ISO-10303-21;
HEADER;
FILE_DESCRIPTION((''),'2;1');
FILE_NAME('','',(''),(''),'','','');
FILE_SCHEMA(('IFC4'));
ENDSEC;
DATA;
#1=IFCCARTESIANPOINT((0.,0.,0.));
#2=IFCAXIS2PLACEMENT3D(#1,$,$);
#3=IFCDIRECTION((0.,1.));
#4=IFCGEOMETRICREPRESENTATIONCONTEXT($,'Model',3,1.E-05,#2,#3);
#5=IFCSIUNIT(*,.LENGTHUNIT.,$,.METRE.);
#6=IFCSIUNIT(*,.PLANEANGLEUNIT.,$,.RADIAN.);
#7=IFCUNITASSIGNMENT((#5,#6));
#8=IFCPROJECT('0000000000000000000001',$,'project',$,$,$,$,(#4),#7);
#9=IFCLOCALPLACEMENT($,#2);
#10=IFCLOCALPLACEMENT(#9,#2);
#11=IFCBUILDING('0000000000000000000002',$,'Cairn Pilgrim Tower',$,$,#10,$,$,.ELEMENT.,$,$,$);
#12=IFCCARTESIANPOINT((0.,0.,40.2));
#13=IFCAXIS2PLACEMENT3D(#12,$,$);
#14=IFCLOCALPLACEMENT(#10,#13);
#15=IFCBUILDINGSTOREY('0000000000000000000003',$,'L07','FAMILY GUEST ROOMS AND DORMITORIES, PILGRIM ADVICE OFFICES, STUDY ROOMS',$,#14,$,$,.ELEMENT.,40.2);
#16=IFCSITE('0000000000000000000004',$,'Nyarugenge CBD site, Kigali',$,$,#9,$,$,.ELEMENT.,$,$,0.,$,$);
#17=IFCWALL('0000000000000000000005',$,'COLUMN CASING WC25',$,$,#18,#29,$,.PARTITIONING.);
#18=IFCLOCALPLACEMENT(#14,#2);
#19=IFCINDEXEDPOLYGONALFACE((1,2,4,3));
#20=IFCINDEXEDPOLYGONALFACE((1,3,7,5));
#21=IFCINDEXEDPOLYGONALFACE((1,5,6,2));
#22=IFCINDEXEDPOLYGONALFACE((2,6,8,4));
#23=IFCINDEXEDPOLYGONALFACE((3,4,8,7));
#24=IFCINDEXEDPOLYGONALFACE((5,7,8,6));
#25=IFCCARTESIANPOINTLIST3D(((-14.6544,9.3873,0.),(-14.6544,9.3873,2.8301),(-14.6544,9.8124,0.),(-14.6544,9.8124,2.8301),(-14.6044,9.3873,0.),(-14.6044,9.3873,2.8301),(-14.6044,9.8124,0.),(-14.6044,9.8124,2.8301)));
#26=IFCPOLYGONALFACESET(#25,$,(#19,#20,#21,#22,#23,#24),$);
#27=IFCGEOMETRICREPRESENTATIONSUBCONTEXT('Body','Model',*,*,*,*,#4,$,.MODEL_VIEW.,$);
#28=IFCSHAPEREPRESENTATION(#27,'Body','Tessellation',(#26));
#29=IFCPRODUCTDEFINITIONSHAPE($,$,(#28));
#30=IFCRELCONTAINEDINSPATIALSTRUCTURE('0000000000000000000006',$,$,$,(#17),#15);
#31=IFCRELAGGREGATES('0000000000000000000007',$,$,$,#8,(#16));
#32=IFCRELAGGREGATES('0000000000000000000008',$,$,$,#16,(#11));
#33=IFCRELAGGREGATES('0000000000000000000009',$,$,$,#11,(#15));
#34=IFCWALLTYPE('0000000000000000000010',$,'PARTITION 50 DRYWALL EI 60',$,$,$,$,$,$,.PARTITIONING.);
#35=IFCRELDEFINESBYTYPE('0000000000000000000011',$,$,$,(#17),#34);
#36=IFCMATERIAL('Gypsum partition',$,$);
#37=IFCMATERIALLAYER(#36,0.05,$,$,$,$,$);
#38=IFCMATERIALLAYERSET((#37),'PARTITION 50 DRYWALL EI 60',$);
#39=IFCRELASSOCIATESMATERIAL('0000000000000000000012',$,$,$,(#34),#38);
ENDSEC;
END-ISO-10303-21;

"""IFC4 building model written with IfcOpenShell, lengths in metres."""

from ifc_helpers import new_model, si_unit, direction, frame, frame_2d, origin, place, context, subcontext, project, spatial, rectangle, extrude, material, layer, layer_set, type_object, element, save


model = new_model("IFC4")

# Units and contexts
model_context = context("Model", 3, precision=1e-05, world=origin(), true_north=direction((0.0, 1.0)))
body_context = subcontext(model_context, "Body", "Model", "MODEL_VIEW")
ifc_project = project(units=[si_unit("LENGTHUNIT", "METRE"), si_unit("PLANEANGLEUNIT", "RADIAN")], contexts=[model_context])

# Site, building, storey
site_placement = place(None, origin())
site = spatial("IfcSite", under=ifc_project, at=site_placement, Name="Nyarugenge CBD site, Kigali", CompositionType="ELEMENT", RefElevation=0.0)
building_placement = place(site_placement, origin())
building = spatial("IfcBuilding", under=site, at=building_placement, Name="Cairn Pilgrim Tower", CompositionType="ELEMENT")
storey_placement = place(building_placement, frame((0.0, 0.0, 40.2)))
storey = spatial("IfcBuildingStorey", under=building, at=storey_placement, Name="L07", Description="FAMILY GUEST ROOMS AND DORMITORIES, PILGRIM ADVICE OFFICES, STUDY ROOMS", CompositionType="ELEMENT", Elevation=40.2)

# Shared definitions
ifc_material_1 = material(Name="Gypsum partition")

# Wall
ifc_layer_1 = layer(ifc_material_1, 0.05)
ifc_layer_set_1 = layer_set([ifc_layer_1], Name="PARTITION 50 DRYWALL EI 60")
wall_type_1 = type_object("IfcWallType", Name="PARTITION 50 DRYWALL EI 60", PredefinedType="PARTITIONING", material=ifc_layer_set_1)
wall_1_placement = place(storey_placement, frame((-14.6294, 9.3875, 0.0), z_axis=(0.0, 0.0, 1.0), x_axis=(0.0, 1.0, 0.0)))
element("IfcWall", 1, at=wall_1_placement, inside=storey, type_object=wall_type_1, Name="COLUMN CASING WC25", PredefinedType="PARTITIONING", context=body_context, shape_type="SweptSolid", body=[
    extrude(rectangle(XDim=0.425, YDim=0.05, at=frame_2d((0.2124, 0.0))), origin(), (0.0, 0.0, 1.0), 2.8301),
])

save(model, "model.ifc")
